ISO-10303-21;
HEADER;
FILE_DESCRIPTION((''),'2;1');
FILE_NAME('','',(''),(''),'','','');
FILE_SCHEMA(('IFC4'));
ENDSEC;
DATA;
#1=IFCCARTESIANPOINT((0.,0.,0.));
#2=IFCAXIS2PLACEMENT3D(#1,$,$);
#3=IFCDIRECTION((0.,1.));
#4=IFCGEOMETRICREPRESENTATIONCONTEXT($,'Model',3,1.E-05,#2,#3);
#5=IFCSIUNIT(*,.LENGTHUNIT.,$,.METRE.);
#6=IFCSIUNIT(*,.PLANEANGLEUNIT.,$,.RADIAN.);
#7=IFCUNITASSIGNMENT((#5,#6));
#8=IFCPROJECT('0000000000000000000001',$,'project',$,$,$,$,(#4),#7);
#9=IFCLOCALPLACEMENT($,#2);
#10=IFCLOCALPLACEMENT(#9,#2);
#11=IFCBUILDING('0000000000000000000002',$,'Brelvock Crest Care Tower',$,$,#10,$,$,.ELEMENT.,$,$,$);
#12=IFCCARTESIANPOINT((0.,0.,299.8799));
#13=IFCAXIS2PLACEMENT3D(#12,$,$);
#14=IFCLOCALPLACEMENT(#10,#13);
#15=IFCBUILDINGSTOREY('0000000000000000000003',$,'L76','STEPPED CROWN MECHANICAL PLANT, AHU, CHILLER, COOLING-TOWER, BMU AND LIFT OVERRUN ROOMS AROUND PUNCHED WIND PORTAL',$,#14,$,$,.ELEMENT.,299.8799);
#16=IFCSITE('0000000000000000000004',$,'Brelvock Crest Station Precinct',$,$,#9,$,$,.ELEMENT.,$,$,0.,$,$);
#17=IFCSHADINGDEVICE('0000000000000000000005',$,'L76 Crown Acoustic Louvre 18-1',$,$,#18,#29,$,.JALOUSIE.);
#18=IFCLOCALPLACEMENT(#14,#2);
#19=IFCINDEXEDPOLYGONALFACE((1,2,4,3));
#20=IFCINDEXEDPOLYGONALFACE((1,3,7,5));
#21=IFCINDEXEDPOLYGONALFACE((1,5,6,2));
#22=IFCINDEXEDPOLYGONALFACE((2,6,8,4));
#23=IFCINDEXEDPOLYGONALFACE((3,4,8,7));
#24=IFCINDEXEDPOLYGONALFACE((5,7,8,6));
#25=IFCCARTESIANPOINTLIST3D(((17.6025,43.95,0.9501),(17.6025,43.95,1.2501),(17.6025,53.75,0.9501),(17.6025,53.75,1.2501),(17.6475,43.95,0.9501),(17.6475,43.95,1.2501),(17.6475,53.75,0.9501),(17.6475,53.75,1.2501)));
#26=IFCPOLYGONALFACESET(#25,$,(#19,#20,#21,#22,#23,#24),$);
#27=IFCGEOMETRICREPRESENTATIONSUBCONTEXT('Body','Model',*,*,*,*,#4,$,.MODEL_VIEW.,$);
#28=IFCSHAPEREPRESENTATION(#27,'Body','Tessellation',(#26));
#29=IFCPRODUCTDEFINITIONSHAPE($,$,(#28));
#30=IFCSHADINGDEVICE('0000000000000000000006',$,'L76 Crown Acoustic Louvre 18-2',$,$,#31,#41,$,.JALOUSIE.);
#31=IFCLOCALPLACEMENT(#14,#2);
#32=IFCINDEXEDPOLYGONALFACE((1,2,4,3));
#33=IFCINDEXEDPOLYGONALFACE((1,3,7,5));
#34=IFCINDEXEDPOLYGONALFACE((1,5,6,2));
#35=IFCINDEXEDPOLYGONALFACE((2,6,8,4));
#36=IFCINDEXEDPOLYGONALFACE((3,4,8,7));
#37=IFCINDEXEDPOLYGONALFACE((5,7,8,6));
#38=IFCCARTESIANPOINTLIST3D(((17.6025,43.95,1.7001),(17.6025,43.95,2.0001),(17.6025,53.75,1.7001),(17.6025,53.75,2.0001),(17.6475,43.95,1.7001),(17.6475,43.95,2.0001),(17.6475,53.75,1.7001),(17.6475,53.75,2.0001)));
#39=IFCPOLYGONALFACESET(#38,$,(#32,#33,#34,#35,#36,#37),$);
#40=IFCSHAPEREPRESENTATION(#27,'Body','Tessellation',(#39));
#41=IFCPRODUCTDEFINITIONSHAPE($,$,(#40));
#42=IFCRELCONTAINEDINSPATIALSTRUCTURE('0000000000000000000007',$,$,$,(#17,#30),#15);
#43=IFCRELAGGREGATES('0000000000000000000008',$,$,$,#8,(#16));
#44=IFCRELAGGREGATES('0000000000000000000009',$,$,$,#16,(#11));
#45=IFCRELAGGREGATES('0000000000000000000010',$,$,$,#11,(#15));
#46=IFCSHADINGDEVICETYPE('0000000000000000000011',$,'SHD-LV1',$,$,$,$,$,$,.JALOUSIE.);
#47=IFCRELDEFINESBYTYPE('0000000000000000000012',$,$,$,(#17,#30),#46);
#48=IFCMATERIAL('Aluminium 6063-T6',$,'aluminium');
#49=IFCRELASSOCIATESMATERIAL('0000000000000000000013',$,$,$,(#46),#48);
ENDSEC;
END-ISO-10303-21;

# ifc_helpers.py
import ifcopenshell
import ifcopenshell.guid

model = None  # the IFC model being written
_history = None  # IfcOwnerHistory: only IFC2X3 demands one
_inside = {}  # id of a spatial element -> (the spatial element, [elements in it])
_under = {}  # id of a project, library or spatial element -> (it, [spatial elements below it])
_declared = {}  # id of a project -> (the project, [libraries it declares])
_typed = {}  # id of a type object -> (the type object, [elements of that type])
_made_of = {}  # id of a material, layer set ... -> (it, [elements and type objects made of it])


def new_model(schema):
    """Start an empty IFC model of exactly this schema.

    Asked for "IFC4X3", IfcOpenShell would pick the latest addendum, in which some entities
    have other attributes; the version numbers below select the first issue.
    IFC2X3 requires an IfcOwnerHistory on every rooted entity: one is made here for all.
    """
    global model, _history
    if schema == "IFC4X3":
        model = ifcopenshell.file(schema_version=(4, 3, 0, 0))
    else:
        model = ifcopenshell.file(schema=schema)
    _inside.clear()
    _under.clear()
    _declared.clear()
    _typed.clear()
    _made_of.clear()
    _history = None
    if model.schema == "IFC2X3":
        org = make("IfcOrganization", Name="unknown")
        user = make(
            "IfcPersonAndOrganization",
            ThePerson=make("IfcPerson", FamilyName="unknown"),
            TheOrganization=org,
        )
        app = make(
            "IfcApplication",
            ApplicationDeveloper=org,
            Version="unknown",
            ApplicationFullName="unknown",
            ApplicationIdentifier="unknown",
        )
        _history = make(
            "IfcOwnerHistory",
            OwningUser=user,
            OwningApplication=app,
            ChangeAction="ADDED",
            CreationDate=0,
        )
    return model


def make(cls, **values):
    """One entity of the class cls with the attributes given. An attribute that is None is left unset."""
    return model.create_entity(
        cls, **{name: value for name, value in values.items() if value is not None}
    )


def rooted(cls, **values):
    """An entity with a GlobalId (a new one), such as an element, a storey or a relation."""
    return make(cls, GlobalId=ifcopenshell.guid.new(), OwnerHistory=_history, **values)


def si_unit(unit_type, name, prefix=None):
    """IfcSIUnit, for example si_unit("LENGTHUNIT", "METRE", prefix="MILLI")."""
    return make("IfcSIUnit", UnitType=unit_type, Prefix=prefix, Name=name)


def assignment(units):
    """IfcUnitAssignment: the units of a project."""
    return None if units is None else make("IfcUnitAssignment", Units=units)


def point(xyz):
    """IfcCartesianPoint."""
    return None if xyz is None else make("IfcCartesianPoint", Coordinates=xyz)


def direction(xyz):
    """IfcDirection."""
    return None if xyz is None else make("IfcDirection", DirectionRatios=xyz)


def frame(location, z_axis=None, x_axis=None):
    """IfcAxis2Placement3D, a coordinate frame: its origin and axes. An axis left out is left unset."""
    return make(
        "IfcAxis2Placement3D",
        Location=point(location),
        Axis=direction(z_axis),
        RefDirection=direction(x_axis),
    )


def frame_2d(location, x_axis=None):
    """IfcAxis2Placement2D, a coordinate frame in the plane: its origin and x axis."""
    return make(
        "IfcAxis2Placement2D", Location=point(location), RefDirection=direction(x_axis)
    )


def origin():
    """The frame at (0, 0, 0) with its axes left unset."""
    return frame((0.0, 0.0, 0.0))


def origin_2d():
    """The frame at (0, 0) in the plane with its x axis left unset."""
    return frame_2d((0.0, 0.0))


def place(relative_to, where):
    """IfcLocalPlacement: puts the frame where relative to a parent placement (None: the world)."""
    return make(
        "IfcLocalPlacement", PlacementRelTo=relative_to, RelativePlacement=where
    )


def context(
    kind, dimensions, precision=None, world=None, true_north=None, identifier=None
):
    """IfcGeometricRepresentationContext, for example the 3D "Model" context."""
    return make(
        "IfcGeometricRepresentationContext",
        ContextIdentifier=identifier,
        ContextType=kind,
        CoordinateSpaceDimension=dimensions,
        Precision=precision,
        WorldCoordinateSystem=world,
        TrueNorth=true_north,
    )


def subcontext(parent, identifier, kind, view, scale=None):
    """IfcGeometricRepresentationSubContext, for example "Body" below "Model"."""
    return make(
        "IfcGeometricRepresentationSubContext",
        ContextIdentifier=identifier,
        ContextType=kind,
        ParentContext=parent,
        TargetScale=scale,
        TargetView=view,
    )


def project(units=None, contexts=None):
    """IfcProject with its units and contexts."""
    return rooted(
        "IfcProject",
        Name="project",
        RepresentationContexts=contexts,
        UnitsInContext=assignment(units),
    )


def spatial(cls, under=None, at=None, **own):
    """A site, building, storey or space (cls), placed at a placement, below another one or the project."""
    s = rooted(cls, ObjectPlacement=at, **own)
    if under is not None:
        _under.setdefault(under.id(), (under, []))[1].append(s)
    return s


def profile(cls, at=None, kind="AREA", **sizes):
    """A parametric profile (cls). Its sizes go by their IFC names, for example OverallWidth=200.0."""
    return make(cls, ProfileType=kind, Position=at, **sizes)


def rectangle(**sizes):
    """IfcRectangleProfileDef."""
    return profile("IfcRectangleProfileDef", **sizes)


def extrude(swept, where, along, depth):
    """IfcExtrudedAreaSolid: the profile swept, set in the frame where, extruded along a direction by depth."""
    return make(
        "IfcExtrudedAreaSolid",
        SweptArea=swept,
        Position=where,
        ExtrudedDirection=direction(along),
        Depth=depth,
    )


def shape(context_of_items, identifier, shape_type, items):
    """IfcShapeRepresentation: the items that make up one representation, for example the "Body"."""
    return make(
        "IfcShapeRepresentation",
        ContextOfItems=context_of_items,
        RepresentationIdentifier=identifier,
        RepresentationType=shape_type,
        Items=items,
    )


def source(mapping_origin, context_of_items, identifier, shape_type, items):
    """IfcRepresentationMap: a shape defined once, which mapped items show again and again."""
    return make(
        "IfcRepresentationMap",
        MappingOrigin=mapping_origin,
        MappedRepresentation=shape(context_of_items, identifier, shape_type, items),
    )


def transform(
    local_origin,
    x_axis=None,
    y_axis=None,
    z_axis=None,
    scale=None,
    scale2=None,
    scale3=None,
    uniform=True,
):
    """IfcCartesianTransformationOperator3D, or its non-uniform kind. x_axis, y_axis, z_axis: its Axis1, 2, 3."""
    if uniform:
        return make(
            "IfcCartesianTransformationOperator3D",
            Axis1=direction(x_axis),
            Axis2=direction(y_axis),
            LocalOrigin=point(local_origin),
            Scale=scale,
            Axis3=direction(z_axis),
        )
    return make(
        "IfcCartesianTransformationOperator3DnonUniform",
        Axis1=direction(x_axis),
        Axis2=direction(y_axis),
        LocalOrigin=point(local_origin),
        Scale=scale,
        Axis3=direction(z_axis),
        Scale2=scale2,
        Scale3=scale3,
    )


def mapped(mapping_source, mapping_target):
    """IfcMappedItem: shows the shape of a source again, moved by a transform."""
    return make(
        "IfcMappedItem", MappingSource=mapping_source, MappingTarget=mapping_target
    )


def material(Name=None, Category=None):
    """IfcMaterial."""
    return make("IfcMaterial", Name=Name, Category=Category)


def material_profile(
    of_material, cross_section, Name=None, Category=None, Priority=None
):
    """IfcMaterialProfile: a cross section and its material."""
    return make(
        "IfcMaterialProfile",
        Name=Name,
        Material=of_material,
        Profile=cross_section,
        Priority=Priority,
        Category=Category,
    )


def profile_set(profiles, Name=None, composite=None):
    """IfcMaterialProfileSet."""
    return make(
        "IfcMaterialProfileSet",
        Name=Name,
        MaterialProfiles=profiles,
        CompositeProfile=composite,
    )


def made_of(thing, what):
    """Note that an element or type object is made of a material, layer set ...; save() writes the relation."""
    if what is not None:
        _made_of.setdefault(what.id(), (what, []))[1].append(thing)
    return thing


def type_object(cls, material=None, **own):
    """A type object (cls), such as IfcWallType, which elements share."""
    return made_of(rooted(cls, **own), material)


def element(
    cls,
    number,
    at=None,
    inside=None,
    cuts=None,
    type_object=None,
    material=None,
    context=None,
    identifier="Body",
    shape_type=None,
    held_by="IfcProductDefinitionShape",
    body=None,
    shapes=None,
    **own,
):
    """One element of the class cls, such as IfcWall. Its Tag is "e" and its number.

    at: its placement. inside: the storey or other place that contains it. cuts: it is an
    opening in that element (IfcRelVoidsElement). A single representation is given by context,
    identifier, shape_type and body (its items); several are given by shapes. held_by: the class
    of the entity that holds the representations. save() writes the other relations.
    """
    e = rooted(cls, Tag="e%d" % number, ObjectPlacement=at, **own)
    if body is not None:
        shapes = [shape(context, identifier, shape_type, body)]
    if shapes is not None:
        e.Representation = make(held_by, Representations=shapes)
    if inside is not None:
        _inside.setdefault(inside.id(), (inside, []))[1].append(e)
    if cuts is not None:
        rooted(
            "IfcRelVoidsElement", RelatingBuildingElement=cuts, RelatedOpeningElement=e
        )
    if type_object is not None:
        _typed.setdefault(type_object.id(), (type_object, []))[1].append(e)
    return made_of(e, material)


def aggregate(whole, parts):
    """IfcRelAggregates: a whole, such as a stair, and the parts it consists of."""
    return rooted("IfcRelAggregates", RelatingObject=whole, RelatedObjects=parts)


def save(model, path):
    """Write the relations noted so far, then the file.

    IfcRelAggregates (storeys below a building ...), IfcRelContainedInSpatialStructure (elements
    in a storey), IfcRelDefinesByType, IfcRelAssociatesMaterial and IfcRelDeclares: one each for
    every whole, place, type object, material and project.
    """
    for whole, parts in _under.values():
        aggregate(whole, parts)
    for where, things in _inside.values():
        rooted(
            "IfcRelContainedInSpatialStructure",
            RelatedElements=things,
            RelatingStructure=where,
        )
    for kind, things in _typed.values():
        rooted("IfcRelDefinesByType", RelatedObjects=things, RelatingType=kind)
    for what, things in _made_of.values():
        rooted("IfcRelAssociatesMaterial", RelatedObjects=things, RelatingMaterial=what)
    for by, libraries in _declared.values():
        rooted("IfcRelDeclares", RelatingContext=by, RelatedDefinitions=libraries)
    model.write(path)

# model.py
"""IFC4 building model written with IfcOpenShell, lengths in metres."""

from ifc_helpers import new_model, si_unit, direction, frame, origin, origin_2d, place, context, subcontext, project, spatial, rectangle, extrude, source, transform, mapped, material, material_profile, profile_set, type_object, element, save


model = new_model("IFC4")

# Units and contexts
model_context = context("Model", 3, precision=1e-05, world=origin(), true_north=direction((0.0, 1.0)))
body_context = subcontext(model_context, "Body", "Model", "MODEL_VIEW")
ifc_project = project(units=[si_unit("LENGTHUNIT", "METRE"), si_unit("PLANEANGLEUNIT", "RADIAN")], contexts=[model_context])

# Site, building, storey
site_placement = place(None, origin())
site = spatial("IfcSite", under=ifc_project, at=site_placement, Name="Brelvock Crest Station Precinct", CompositionType="ELEMENT", RefElevation=0.0)
building_placement = place(site_placement, origin())
building = spatial("IfcBuilding", under=site, at=building_placement, Name="Brelvock Crest Care Tower", CompositionType="ELEMENT")
storey_placement = place(building_placement, frame((0.0, 0.0, 299.8799)))
storey = spatial("IfcBuildingStorey", under=building, at=storey_placement, Name="L76", Description="STEPPED CROWN MECHANICAL PLANT, AHU, CHILLER, COOLING-TOWER, BMU AND LIFT OVERRUN ROOMS AROUND PUNCHED WIND PORTAL", CompositionType="ELEMENT", Elevation=299.8799)

# Shading devices
ifc_material_1 = material(Name="Aluminium 6063-T6", Category="aluminium")
ifc_material_profile_1 = material_profile(ifc_material_1, rectangle(XDim=0.0449, YDim=0.3, at=origin_2d()), Name="LOUVRE45x300")
ifc_profile_set_1 = profile_set([ifc_material_profile_1], Name="Aluminium 6063-T6")
shading_device_type = type_object("IfcShadingDeviceType", Name="SHD-LV1", PredefinedType="JALOUSIE", material=ifc_profile_set_1)
shared_shape_1 = source(origin(), body_context, "Body", "SweptSolid", [
    extrude(rectangle(XDim=0.0449, YDim=0.3, at=origin_2d()), origin(), (0.0, 0.0, 1.0), 9.8),
])
for number, where, z_axis, x_axis, name in (
    (1, (17.625, 43.95, 1.1001), (0.0, 1.0, 0.0), (-1.0, 0.0, 0.0), "L76 Crown Acoustic Louvre 18-1"),
    (2, (17.625, 43.95, 1.8501), (0.0, 1.0, 0.0), (-1.0, 0.0, 0.0), "L76 Crown Acoustic Louvre 18-2"),
):
    element("IfcShadingDevice", number, at=place(storey_placement, frame(where, z_axis=z_axis, x_axis=x_axis)), inside=storey, type_object=shading_device_type, Name=name, PredefinedType="JALOUSIE", context=body_context, shape_type="MappedRepresentation", body=[
        mapped(shared_shape_1, transform((0.0, 0.0, 0.0), x_axis=(1.0, 0.0, 0.0), y_axis=(0.0, 1.0, 0.0), z_axis=(0.0, 0.0, 1.0), scale=1.0)),
    ])

save(model, "model.ifc")
